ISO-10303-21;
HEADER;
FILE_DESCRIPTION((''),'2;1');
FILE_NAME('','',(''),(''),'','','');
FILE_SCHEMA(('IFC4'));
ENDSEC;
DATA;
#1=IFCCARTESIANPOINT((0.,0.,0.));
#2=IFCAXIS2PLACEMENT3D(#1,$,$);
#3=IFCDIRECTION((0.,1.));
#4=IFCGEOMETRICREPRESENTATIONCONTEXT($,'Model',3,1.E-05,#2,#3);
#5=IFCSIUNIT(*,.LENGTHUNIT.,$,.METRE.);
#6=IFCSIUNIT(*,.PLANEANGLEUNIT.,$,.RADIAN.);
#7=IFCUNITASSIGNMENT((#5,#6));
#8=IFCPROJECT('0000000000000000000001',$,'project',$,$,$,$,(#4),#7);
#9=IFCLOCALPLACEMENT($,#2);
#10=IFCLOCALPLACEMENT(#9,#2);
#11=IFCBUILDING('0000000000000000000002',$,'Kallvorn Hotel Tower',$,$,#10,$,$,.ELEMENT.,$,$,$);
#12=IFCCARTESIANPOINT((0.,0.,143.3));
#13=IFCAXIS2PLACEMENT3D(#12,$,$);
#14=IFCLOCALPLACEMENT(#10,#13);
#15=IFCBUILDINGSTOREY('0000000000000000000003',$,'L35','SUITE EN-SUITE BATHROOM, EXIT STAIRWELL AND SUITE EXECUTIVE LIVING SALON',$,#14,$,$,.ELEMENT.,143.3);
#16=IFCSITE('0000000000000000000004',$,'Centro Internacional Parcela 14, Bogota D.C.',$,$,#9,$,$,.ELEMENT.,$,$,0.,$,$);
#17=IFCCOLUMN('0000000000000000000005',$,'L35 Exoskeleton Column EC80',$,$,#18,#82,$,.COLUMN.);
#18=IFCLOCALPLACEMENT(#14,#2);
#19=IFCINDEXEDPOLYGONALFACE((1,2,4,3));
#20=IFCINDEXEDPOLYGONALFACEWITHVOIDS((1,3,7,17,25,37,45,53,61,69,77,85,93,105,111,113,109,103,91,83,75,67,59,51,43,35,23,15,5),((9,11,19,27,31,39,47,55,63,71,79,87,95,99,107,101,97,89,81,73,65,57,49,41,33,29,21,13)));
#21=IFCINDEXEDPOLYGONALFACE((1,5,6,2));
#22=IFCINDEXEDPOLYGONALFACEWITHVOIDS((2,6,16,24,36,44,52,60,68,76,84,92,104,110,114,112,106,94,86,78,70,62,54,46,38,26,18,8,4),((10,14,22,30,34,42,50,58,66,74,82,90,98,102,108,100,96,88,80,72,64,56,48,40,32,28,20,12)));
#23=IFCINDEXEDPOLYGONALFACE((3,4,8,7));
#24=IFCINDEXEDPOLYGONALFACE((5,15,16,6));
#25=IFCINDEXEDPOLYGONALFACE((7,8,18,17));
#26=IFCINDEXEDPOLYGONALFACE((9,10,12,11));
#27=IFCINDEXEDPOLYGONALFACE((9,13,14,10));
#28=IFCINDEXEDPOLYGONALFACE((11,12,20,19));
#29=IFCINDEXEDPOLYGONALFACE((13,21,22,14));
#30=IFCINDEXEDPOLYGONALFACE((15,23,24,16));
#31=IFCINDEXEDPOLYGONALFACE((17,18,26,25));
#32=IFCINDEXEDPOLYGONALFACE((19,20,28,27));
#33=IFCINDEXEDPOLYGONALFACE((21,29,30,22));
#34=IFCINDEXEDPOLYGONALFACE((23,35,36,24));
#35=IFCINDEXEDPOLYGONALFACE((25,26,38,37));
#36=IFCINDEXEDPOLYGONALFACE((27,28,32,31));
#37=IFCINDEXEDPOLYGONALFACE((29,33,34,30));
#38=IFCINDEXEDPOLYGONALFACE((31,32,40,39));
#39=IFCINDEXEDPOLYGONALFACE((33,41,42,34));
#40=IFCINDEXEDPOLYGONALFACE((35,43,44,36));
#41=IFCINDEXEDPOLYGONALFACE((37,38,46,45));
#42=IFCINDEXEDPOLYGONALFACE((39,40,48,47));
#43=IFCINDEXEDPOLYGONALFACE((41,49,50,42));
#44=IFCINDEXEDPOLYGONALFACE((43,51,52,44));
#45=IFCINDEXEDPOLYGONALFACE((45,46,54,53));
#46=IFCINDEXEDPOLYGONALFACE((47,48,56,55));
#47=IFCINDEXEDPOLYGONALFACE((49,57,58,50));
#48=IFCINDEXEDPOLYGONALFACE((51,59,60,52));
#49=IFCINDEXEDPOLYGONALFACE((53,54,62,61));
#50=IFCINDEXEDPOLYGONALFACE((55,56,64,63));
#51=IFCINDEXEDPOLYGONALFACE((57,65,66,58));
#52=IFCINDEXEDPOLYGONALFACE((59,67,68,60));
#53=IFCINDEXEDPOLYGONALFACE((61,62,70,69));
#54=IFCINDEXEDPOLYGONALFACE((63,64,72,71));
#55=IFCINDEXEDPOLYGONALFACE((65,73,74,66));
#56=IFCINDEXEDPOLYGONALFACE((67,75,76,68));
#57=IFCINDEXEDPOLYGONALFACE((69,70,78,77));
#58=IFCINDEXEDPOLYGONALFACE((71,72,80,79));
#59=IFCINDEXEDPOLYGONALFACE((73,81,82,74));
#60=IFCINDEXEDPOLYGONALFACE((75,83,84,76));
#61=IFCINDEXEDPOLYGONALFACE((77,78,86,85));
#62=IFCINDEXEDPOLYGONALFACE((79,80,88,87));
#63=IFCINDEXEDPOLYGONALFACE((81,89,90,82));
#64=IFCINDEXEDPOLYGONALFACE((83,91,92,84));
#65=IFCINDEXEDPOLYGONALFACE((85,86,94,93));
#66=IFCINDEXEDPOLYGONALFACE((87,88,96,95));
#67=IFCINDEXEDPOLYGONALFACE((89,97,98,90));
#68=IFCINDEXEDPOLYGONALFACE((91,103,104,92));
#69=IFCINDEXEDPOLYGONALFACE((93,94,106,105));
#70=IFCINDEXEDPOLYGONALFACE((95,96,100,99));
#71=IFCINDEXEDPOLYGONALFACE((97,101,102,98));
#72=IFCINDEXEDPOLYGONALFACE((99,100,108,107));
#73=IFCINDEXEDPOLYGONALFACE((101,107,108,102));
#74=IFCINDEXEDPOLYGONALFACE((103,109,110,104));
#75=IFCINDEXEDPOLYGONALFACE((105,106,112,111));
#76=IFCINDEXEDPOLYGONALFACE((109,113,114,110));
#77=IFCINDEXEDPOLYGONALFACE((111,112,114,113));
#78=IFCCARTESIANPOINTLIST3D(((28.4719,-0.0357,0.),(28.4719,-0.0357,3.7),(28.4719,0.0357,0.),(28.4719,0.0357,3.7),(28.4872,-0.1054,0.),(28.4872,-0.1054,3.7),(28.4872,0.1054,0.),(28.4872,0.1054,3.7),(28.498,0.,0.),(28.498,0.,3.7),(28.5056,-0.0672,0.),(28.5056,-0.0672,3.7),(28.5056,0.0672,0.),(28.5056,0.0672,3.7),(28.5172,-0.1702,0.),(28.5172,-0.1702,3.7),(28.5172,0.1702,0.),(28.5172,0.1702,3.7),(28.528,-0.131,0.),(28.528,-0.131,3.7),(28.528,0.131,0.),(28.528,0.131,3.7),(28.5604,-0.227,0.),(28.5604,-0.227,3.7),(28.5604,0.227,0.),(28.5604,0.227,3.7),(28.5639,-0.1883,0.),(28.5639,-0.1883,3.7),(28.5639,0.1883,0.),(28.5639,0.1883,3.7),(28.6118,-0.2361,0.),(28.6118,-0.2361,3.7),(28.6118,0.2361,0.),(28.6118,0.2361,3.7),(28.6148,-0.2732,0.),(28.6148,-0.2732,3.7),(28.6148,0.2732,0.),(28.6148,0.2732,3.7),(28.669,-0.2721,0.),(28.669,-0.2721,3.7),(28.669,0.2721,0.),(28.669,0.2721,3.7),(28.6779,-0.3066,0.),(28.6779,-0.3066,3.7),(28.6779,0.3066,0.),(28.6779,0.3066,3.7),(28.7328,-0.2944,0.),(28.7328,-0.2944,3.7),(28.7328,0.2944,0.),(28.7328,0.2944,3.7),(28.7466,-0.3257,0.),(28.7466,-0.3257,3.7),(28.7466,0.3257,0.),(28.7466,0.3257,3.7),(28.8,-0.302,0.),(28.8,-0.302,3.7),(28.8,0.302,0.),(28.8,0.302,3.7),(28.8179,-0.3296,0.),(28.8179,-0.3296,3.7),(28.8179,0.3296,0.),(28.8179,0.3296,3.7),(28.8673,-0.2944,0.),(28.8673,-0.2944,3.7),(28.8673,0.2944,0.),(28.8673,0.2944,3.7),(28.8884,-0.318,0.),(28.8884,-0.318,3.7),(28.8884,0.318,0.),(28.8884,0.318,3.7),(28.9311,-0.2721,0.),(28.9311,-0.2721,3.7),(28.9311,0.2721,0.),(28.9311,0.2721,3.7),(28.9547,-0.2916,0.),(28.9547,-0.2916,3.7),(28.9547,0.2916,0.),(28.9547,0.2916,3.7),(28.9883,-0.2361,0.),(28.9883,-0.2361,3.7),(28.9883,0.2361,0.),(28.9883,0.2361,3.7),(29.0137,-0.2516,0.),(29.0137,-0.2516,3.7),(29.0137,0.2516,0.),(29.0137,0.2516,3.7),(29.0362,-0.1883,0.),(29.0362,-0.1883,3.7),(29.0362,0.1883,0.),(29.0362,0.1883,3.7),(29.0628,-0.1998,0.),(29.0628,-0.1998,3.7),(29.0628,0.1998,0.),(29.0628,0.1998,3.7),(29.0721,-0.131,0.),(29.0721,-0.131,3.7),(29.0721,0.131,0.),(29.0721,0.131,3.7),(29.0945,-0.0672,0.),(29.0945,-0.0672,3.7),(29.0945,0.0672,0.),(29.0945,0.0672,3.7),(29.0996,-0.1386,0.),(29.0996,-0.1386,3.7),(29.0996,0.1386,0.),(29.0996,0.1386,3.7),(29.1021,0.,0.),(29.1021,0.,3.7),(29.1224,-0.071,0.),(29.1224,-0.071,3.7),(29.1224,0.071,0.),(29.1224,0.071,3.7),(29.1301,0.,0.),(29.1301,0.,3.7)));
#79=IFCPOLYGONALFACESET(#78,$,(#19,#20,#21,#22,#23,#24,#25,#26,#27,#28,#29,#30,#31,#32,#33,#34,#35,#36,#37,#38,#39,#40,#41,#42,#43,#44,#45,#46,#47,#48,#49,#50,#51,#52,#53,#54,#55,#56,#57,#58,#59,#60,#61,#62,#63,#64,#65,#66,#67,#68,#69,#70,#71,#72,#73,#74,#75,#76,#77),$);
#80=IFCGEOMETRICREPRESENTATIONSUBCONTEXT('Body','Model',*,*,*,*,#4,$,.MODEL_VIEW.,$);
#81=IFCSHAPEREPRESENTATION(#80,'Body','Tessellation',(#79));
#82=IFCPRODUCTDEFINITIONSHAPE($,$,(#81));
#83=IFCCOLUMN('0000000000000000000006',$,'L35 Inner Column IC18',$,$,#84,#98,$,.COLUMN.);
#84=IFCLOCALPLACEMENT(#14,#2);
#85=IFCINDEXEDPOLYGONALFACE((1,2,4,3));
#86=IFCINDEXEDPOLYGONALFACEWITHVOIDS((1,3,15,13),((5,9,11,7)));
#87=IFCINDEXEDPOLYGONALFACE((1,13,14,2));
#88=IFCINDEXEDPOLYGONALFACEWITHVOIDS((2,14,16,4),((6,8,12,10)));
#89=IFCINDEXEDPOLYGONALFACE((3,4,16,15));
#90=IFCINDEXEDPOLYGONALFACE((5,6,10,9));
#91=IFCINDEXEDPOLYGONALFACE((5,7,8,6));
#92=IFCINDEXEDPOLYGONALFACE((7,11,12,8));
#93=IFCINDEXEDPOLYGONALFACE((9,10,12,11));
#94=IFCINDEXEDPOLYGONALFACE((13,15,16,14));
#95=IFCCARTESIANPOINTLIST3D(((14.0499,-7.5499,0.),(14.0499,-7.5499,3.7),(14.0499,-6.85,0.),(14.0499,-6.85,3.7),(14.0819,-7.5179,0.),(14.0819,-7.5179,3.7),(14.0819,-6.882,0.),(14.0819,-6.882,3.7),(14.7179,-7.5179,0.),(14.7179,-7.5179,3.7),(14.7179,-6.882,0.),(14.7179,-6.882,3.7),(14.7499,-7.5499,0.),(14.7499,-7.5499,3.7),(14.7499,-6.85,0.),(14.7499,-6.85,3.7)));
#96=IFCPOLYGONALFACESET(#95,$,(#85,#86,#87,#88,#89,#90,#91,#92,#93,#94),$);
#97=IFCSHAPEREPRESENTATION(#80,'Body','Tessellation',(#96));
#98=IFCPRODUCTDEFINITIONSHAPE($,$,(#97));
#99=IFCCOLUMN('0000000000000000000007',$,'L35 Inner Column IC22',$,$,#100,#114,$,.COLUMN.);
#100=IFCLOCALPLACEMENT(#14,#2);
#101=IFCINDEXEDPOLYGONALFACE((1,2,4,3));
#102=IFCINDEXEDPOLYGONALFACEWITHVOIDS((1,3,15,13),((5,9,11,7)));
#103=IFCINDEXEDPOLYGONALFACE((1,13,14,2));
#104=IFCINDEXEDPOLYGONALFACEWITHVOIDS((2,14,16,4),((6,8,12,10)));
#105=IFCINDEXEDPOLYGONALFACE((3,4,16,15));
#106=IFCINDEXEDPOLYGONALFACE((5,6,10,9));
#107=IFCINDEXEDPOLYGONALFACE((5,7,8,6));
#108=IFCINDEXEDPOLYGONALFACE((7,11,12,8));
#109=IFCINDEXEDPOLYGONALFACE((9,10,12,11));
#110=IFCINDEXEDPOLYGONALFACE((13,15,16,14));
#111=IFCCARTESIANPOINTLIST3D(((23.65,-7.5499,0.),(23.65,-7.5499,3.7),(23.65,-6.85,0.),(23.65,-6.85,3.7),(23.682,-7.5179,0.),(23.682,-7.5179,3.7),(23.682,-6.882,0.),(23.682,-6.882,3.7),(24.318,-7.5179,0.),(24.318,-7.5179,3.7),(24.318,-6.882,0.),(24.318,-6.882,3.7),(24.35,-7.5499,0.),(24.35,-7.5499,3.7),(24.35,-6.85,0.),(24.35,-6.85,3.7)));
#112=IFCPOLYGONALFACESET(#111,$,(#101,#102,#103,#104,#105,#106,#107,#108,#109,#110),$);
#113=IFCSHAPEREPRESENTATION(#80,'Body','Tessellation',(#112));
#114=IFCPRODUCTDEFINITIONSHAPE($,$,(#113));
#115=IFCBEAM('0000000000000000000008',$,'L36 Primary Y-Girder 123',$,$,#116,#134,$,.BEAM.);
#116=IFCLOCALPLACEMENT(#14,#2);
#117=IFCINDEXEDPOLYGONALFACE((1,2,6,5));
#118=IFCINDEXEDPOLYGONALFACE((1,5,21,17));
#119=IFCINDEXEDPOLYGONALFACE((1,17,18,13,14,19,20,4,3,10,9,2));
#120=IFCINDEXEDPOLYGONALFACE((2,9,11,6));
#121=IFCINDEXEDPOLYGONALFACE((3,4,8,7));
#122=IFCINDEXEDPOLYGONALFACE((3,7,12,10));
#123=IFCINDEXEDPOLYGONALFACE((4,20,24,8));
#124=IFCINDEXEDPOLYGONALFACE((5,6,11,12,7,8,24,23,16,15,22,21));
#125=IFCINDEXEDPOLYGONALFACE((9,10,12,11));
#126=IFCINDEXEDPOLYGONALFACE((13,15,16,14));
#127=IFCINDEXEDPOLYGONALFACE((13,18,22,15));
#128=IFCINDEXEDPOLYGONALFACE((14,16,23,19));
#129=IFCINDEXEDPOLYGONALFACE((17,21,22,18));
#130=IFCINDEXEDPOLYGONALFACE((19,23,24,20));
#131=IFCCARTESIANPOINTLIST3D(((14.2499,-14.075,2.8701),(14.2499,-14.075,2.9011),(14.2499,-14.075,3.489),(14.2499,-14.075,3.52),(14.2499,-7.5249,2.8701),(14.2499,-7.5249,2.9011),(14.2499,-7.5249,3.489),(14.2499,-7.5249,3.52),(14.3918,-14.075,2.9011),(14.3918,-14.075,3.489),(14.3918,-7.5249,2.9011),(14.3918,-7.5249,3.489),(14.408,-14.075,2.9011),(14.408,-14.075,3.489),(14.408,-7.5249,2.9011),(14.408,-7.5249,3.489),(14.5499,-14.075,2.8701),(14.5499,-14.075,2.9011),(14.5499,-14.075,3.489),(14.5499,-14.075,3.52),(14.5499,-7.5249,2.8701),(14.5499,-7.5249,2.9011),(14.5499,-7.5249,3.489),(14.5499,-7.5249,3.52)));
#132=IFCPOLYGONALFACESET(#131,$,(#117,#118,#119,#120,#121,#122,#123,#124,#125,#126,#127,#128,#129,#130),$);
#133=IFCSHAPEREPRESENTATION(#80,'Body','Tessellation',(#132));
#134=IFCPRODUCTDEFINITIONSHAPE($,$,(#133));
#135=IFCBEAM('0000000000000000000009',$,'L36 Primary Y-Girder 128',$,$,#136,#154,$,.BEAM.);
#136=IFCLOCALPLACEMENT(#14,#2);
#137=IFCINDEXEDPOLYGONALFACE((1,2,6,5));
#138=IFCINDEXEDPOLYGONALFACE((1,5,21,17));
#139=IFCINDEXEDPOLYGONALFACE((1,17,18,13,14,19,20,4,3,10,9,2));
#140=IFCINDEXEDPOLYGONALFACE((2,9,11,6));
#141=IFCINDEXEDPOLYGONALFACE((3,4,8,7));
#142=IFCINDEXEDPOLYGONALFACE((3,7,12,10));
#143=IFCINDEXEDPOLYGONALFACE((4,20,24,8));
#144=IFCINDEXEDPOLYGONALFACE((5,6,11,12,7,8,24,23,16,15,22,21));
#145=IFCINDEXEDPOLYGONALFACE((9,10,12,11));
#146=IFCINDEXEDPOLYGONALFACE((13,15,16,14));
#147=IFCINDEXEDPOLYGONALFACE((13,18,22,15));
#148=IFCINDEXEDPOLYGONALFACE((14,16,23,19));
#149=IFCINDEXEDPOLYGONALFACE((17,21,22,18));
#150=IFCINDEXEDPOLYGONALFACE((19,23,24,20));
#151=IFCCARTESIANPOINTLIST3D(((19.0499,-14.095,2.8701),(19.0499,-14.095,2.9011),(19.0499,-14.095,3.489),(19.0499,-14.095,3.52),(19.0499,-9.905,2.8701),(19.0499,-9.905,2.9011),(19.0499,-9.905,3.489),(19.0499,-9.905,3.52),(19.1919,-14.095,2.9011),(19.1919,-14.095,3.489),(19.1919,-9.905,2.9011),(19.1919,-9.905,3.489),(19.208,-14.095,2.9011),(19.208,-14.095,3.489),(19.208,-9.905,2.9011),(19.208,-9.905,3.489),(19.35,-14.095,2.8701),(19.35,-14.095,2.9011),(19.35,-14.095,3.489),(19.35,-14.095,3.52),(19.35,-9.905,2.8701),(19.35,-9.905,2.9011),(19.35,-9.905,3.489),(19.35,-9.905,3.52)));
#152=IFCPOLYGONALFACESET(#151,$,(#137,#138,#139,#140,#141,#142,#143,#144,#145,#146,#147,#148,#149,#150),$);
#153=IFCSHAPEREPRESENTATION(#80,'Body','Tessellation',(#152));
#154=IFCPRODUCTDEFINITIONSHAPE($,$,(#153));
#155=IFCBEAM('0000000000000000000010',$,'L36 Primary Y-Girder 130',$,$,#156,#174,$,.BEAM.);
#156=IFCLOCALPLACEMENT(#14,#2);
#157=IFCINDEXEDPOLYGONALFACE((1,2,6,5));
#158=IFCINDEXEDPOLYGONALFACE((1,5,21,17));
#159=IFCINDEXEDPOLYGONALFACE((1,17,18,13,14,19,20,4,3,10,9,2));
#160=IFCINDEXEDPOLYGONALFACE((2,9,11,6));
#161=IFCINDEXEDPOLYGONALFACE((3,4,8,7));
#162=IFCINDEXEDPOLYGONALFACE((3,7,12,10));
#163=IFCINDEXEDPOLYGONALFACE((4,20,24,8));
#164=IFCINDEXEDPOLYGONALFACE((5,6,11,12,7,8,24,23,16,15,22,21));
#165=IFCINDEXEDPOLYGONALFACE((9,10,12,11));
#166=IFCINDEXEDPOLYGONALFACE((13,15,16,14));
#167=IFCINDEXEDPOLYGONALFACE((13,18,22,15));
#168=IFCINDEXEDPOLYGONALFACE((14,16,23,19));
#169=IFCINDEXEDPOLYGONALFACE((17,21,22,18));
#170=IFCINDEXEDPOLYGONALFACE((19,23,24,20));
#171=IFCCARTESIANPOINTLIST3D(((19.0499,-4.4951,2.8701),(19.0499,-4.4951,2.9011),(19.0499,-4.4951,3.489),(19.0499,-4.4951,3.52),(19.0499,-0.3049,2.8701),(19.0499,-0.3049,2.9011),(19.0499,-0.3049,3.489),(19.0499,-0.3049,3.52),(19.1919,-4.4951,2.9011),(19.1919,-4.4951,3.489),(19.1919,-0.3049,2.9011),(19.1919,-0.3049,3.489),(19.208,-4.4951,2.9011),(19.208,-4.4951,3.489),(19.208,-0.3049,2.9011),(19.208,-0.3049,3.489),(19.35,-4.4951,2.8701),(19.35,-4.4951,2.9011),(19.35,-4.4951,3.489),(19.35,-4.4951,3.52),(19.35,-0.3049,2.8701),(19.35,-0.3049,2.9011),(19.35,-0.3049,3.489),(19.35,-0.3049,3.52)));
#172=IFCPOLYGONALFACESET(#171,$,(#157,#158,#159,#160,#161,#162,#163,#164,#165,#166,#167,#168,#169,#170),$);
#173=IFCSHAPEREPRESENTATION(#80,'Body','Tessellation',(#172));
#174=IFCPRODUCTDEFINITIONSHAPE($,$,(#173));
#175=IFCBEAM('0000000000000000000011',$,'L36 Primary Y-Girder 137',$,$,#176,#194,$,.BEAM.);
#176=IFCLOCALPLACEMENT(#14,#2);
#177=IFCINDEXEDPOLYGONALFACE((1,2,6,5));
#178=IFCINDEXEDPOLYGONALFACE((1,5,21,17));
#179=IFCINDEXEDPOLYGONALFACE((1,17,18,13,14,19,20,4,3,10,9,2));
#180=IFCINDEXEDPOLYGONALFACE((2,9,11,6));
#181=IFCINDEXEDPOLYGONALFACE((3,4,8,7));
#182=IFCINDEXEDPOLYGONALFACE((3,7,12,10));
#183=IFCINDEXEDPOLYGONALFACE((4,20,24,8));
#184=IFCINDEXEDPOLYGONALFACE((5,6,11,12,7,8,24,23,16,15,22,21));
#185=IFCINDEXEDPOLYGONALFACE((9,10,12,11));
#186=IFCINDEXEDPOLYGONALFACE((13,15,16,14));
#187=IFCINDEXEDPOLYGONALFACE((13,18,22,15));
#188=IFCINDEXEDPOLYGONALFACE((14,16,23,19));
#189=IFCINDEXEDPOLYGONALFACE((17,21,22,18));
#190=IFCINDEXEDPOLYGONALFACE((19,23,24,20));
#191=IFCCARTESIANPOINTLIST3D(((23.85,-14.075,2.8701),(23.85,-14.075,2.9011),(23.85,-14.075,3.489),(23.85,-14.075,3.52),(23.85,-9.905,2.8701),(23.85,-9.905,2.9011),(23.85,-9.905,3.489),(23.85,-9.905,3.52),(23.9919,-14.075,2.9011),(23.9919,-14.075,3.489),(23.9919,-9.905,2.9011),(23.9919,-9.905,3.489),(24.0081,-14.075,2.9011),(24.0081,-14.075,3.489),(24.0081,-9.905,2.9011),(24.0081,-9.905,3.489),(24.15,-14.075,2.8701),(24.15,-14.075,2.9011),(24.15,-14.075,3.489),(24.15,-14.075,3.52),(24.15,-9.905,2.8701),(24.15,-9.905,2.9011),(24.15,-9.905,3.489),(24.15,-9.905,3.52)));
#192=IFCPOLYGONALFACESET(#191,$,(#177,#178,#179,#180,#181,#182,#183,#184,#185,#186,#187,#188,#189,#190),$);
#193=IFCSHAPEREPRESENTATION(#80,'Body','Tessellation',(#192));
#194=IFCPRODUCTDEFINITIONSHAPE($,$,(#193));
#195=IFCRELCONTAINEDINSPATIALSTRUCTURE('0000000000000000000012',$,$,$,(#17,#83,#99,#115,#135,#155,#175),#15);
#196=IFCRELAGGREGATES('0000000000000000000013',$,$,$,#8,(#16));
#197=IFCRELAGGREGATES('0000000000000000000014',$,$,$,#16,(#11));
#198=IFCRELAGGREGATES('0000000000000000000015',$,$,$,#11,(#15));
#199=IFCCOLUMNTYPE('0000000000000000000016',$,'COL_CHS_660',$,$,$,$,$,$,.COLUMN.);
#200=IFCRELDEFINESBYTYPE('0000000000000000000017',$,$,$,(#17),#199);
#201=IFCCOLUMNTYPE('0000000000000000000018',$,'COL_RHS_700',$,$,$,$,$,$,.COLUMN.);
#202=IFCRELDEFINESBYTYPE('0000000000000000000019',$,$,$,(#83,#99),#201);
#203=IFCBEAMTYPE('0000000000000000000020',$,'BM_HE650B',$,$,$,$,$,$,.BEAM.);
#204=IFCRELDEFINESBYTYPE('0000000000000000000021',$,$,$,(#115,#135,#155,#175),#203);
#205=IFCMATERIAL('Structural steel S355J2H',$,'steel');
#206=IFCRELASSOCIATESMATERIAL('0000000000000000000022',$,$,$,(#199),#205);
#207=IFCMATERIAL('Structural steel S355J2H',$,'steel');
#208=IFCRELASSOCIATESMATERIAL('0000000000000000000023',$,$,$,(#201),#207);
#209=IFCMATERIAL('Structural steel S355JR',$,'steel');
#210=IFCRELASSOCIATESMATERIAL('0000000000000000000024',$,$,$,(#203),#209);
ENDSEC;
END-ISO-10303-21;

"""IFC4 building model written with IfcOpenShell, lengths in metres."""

from ifc_helpers import new_model, si_unit, direction, frame, origin, origin_2d, place, context, subcontext, project, spatial, hollow_rectangle, hollow_circle, i_section, extrude, material, material_profile, profile_set, type_object, element, save


model = new_model("IFC4")

# Units and contexts
model_context = context("Model", 3, precision=1e-05, world=origin(), true_north=direction((0.0, 1.0)))
body_context = subcontext(model_context, "Body", "Model", "MODEL_VIEW")
ifc_project = project(units=[si_unit("LENGTHUNIT", "METRE"), si_unit("PLANEANGLEUNIT", "RADIAN")], contexts=[model_context])

# Site, building, storey
site_placement = place(None, origin())
site = spatial("IfcSite", under=ifc_project, at=site_placement, Name="Centro Internacional Parcela 14, Bogota D.C.", CompositionType="ELEMENT", RefElevation=0.0)
building_placement = place(site_placement, origin())
building = spatial("IfcBuilding", under=site, at=building_placement, Name="Kallvorn Hotel Tower", CompositionType="ELEMENT")
storey_placement = place(building_placement, frame((0.0, 0.0, 143.3)))
storey = spatial("IfcBuildingStorey", under=building, at=storey_placement, Name="L35", Description="SUITE EN-SUITE BATHROOM, EXIT STAIRWELL AND SUITE EXECUTIVE LIVING SALON", CompositionType="ELEMENT", Elevation=143.3)

# Columns
ifc_material_1 = material(Name="Structural steel S355J2H", Category="steel")
ifc_material_profile_1 = material_profile(ifc_material_1, hollow_circle(Radius=0.3301, WallThickness=0.0281, at=origin_2d()), Name="CHS 660x28")
ifc_profile_set_1 = profile_set([ifc_material_profile_1], Name="Structural steel S355J2H")
column_type_1 = type_object("IfcColumnType", Name="COL_CHS_660", PredefinedType="COLUMN", material=ifc_profile_set_1)
for number, where, z_axis, x_axis, name in (
    (1, (28.8, 0.0, 0.0), (0.0, 0.0, 1.0), (1.0, 0.0, 0.0), "L35 Exoskeleton Column EC80"),
):
    element("IfcColumn", number, at=place(storey_placement, frame(where, z_axis=z_axis, x_axis=x_axis)), inside=storey, type_object=column_type_1, Name=name, PredefinedType="COLUMN", context=body_context, shape_type="SweptSolid", body=[
        extrude(hollow_circle(Radius=0.3301, WallThickness=0.0281, at=origin_2d()), origin(), (0.0, 0.0, 1.0), 3.7),
    ])
ifc_material_2 = material(Name="Structural steel S355J2H", Category="steel")
ifc_material_profile_2 = material_profile(ifc_material_2, hollow_rectangle(XDim=0.7, YDim=0.7, WallThickness=0.032, at=origin_2d()), Name="RHS 700x700x32")
ifc_profile_set_2 = profile_set([ifc_material_profile_2], Name="Structural steel S355J2H")
column_type_2 = type_object("IfcColumnType", Name="COL_RHS_700", PredefinedType="COLUMN", material=ifc_profile_set_2)
for number, where, z_axis, x_axis, name in (
    (2, (14.3999, -7.2, 0.0), (0.0, 0.0, 1.0), (1.0, 0.0, 0.0), "L35 Inner Column IC18"),
    (3, (24.0, -7.2, 0.0), (0.0, 0.0, 1.0), (1.0, 0.0, 0.0), "L35 Inner Column IC22"),
):
    element("IfcColumn", number, at=place(storey_placement, frame(where, z_axis=z_axis, x_axis=x_axis)), inside=storey, type_object=column_type_2, Name=name, PredefinedType="COLUMN", context=body_context, shape_type="SweptSolid", body=[
        extrude(hollow_rectangle(XDim=0.7, YDim=0.7, WallThickness=0.032, at=origin_2d()), origin(), (0.0, 0.0, 1.0), 3.7),
    ])

# Beams
ifc_material_3 = material(Name="Structural steel S355JR", Category="steel")
ifc_material_profile_3 = material_profile(ifc_material_3, i_section(OverallWidth=0.3, OverallDepth=0.6499, WebThickness=0.0161, FlangeThickness=0.031, at=origin_2d()), Name="HE 650 B")
ifc_profile_set_3 = profile_set([ifc_material_profile_3], Name="Structural steel S355JR")
beam_type_1 = type_object("IfcBeamType", Name="BM_HE650B", PredefinedType="BEAM", material=ifc_profile_set_3)
beam_1_placement = place(storey_placement, frame((14.3999, -14.075, 3.1951), z_axis=(0.0, 1.0, 0.0), x_axis=(-1.0, 0.0, 0.0)))
element("IfcBeam", 4, at=beam_1_placement, inside=storey, type_object=beam_type_1, Name="L36 Primary Y-Girder 123", PredefinedType="BEAM", context=body_context, shape_type="SweptSolid", body=[
    extrude(i_section(OverallWidth=0.3, OverallDepth=0.6499, WebThickness=0.0161, FlangeThickness=0.031, at=origin_2d()), origin(), (0.0, 0.0, 1.0), 6.55),
])
beam_2_placement = place(storey_placement, frame((19.2, -14.095, 3.1951), z_axis=(0.0, 1.0, 0.0), x_axis=(-1.0, 0.0, 0.0)))
element("IfcBeam", 5, at=beam_2_placement, inside=storey, type_object=beam_type_1, Name="L36 Primary Y-Girder 128", PredefinedType="BEAM", context=body_context, shape_type="SweptSolid", body=[
    extrude(i_section(OverallWidth=0.3, OverallDepth=0.6499, WebThickness=0.0161, FlangeThickness=0.031, at=origin_2d()), origin(), (0.0, 0.0, 1.0), 4.1899),
])
beam_3_placement = place(storey_placement, frame((19.2, -4.4951, 3.1951), z_axis=(0.0, 1.0, 0.0), x_axis=(-1.0, 0.0, 0.0)))
element("IfcBeam", 6, at=beam_3_placement, inside=storey, type_object=beam_type_1, Name="L36 Primary Y-Girder 130", PredefinedType="BEAM", context=body_context, shape_type="SweptSolid", body=[
    extrude(i_section(OverallWidth=0.3, OverallDepth=0.6499, WebThickness=0.0161, FlangeThickness=0.031, at=origin_2d()), origin(), (0.0, 0.0, 1.0), 4.1902),
])
beam_4_placement = place(storey_placement, frame((24.0, -14.075, 3.1951), z_axis=(0.0, 1.0, 0.0), x_axis=(-1.0, 0.0, 0.0)))
element("IfcBeam", 7, at=beam_4_placement, inside=storey, type_object=beam_type_1, Name="L36 Primary Y-Girder 137", PredefinedType="BEAM", context=body_context, shape_type="SweptSolid", body=[
    extrude(i_section(OverallWidth=0.3, OverallDepth=0.6499, WebThickness=0.0161, FlangeThickness=0.031, at=origin_2d()), origin(), (0.0, 0.0, 1.0), 4.1699),
])

save(model, "model.ifc")
